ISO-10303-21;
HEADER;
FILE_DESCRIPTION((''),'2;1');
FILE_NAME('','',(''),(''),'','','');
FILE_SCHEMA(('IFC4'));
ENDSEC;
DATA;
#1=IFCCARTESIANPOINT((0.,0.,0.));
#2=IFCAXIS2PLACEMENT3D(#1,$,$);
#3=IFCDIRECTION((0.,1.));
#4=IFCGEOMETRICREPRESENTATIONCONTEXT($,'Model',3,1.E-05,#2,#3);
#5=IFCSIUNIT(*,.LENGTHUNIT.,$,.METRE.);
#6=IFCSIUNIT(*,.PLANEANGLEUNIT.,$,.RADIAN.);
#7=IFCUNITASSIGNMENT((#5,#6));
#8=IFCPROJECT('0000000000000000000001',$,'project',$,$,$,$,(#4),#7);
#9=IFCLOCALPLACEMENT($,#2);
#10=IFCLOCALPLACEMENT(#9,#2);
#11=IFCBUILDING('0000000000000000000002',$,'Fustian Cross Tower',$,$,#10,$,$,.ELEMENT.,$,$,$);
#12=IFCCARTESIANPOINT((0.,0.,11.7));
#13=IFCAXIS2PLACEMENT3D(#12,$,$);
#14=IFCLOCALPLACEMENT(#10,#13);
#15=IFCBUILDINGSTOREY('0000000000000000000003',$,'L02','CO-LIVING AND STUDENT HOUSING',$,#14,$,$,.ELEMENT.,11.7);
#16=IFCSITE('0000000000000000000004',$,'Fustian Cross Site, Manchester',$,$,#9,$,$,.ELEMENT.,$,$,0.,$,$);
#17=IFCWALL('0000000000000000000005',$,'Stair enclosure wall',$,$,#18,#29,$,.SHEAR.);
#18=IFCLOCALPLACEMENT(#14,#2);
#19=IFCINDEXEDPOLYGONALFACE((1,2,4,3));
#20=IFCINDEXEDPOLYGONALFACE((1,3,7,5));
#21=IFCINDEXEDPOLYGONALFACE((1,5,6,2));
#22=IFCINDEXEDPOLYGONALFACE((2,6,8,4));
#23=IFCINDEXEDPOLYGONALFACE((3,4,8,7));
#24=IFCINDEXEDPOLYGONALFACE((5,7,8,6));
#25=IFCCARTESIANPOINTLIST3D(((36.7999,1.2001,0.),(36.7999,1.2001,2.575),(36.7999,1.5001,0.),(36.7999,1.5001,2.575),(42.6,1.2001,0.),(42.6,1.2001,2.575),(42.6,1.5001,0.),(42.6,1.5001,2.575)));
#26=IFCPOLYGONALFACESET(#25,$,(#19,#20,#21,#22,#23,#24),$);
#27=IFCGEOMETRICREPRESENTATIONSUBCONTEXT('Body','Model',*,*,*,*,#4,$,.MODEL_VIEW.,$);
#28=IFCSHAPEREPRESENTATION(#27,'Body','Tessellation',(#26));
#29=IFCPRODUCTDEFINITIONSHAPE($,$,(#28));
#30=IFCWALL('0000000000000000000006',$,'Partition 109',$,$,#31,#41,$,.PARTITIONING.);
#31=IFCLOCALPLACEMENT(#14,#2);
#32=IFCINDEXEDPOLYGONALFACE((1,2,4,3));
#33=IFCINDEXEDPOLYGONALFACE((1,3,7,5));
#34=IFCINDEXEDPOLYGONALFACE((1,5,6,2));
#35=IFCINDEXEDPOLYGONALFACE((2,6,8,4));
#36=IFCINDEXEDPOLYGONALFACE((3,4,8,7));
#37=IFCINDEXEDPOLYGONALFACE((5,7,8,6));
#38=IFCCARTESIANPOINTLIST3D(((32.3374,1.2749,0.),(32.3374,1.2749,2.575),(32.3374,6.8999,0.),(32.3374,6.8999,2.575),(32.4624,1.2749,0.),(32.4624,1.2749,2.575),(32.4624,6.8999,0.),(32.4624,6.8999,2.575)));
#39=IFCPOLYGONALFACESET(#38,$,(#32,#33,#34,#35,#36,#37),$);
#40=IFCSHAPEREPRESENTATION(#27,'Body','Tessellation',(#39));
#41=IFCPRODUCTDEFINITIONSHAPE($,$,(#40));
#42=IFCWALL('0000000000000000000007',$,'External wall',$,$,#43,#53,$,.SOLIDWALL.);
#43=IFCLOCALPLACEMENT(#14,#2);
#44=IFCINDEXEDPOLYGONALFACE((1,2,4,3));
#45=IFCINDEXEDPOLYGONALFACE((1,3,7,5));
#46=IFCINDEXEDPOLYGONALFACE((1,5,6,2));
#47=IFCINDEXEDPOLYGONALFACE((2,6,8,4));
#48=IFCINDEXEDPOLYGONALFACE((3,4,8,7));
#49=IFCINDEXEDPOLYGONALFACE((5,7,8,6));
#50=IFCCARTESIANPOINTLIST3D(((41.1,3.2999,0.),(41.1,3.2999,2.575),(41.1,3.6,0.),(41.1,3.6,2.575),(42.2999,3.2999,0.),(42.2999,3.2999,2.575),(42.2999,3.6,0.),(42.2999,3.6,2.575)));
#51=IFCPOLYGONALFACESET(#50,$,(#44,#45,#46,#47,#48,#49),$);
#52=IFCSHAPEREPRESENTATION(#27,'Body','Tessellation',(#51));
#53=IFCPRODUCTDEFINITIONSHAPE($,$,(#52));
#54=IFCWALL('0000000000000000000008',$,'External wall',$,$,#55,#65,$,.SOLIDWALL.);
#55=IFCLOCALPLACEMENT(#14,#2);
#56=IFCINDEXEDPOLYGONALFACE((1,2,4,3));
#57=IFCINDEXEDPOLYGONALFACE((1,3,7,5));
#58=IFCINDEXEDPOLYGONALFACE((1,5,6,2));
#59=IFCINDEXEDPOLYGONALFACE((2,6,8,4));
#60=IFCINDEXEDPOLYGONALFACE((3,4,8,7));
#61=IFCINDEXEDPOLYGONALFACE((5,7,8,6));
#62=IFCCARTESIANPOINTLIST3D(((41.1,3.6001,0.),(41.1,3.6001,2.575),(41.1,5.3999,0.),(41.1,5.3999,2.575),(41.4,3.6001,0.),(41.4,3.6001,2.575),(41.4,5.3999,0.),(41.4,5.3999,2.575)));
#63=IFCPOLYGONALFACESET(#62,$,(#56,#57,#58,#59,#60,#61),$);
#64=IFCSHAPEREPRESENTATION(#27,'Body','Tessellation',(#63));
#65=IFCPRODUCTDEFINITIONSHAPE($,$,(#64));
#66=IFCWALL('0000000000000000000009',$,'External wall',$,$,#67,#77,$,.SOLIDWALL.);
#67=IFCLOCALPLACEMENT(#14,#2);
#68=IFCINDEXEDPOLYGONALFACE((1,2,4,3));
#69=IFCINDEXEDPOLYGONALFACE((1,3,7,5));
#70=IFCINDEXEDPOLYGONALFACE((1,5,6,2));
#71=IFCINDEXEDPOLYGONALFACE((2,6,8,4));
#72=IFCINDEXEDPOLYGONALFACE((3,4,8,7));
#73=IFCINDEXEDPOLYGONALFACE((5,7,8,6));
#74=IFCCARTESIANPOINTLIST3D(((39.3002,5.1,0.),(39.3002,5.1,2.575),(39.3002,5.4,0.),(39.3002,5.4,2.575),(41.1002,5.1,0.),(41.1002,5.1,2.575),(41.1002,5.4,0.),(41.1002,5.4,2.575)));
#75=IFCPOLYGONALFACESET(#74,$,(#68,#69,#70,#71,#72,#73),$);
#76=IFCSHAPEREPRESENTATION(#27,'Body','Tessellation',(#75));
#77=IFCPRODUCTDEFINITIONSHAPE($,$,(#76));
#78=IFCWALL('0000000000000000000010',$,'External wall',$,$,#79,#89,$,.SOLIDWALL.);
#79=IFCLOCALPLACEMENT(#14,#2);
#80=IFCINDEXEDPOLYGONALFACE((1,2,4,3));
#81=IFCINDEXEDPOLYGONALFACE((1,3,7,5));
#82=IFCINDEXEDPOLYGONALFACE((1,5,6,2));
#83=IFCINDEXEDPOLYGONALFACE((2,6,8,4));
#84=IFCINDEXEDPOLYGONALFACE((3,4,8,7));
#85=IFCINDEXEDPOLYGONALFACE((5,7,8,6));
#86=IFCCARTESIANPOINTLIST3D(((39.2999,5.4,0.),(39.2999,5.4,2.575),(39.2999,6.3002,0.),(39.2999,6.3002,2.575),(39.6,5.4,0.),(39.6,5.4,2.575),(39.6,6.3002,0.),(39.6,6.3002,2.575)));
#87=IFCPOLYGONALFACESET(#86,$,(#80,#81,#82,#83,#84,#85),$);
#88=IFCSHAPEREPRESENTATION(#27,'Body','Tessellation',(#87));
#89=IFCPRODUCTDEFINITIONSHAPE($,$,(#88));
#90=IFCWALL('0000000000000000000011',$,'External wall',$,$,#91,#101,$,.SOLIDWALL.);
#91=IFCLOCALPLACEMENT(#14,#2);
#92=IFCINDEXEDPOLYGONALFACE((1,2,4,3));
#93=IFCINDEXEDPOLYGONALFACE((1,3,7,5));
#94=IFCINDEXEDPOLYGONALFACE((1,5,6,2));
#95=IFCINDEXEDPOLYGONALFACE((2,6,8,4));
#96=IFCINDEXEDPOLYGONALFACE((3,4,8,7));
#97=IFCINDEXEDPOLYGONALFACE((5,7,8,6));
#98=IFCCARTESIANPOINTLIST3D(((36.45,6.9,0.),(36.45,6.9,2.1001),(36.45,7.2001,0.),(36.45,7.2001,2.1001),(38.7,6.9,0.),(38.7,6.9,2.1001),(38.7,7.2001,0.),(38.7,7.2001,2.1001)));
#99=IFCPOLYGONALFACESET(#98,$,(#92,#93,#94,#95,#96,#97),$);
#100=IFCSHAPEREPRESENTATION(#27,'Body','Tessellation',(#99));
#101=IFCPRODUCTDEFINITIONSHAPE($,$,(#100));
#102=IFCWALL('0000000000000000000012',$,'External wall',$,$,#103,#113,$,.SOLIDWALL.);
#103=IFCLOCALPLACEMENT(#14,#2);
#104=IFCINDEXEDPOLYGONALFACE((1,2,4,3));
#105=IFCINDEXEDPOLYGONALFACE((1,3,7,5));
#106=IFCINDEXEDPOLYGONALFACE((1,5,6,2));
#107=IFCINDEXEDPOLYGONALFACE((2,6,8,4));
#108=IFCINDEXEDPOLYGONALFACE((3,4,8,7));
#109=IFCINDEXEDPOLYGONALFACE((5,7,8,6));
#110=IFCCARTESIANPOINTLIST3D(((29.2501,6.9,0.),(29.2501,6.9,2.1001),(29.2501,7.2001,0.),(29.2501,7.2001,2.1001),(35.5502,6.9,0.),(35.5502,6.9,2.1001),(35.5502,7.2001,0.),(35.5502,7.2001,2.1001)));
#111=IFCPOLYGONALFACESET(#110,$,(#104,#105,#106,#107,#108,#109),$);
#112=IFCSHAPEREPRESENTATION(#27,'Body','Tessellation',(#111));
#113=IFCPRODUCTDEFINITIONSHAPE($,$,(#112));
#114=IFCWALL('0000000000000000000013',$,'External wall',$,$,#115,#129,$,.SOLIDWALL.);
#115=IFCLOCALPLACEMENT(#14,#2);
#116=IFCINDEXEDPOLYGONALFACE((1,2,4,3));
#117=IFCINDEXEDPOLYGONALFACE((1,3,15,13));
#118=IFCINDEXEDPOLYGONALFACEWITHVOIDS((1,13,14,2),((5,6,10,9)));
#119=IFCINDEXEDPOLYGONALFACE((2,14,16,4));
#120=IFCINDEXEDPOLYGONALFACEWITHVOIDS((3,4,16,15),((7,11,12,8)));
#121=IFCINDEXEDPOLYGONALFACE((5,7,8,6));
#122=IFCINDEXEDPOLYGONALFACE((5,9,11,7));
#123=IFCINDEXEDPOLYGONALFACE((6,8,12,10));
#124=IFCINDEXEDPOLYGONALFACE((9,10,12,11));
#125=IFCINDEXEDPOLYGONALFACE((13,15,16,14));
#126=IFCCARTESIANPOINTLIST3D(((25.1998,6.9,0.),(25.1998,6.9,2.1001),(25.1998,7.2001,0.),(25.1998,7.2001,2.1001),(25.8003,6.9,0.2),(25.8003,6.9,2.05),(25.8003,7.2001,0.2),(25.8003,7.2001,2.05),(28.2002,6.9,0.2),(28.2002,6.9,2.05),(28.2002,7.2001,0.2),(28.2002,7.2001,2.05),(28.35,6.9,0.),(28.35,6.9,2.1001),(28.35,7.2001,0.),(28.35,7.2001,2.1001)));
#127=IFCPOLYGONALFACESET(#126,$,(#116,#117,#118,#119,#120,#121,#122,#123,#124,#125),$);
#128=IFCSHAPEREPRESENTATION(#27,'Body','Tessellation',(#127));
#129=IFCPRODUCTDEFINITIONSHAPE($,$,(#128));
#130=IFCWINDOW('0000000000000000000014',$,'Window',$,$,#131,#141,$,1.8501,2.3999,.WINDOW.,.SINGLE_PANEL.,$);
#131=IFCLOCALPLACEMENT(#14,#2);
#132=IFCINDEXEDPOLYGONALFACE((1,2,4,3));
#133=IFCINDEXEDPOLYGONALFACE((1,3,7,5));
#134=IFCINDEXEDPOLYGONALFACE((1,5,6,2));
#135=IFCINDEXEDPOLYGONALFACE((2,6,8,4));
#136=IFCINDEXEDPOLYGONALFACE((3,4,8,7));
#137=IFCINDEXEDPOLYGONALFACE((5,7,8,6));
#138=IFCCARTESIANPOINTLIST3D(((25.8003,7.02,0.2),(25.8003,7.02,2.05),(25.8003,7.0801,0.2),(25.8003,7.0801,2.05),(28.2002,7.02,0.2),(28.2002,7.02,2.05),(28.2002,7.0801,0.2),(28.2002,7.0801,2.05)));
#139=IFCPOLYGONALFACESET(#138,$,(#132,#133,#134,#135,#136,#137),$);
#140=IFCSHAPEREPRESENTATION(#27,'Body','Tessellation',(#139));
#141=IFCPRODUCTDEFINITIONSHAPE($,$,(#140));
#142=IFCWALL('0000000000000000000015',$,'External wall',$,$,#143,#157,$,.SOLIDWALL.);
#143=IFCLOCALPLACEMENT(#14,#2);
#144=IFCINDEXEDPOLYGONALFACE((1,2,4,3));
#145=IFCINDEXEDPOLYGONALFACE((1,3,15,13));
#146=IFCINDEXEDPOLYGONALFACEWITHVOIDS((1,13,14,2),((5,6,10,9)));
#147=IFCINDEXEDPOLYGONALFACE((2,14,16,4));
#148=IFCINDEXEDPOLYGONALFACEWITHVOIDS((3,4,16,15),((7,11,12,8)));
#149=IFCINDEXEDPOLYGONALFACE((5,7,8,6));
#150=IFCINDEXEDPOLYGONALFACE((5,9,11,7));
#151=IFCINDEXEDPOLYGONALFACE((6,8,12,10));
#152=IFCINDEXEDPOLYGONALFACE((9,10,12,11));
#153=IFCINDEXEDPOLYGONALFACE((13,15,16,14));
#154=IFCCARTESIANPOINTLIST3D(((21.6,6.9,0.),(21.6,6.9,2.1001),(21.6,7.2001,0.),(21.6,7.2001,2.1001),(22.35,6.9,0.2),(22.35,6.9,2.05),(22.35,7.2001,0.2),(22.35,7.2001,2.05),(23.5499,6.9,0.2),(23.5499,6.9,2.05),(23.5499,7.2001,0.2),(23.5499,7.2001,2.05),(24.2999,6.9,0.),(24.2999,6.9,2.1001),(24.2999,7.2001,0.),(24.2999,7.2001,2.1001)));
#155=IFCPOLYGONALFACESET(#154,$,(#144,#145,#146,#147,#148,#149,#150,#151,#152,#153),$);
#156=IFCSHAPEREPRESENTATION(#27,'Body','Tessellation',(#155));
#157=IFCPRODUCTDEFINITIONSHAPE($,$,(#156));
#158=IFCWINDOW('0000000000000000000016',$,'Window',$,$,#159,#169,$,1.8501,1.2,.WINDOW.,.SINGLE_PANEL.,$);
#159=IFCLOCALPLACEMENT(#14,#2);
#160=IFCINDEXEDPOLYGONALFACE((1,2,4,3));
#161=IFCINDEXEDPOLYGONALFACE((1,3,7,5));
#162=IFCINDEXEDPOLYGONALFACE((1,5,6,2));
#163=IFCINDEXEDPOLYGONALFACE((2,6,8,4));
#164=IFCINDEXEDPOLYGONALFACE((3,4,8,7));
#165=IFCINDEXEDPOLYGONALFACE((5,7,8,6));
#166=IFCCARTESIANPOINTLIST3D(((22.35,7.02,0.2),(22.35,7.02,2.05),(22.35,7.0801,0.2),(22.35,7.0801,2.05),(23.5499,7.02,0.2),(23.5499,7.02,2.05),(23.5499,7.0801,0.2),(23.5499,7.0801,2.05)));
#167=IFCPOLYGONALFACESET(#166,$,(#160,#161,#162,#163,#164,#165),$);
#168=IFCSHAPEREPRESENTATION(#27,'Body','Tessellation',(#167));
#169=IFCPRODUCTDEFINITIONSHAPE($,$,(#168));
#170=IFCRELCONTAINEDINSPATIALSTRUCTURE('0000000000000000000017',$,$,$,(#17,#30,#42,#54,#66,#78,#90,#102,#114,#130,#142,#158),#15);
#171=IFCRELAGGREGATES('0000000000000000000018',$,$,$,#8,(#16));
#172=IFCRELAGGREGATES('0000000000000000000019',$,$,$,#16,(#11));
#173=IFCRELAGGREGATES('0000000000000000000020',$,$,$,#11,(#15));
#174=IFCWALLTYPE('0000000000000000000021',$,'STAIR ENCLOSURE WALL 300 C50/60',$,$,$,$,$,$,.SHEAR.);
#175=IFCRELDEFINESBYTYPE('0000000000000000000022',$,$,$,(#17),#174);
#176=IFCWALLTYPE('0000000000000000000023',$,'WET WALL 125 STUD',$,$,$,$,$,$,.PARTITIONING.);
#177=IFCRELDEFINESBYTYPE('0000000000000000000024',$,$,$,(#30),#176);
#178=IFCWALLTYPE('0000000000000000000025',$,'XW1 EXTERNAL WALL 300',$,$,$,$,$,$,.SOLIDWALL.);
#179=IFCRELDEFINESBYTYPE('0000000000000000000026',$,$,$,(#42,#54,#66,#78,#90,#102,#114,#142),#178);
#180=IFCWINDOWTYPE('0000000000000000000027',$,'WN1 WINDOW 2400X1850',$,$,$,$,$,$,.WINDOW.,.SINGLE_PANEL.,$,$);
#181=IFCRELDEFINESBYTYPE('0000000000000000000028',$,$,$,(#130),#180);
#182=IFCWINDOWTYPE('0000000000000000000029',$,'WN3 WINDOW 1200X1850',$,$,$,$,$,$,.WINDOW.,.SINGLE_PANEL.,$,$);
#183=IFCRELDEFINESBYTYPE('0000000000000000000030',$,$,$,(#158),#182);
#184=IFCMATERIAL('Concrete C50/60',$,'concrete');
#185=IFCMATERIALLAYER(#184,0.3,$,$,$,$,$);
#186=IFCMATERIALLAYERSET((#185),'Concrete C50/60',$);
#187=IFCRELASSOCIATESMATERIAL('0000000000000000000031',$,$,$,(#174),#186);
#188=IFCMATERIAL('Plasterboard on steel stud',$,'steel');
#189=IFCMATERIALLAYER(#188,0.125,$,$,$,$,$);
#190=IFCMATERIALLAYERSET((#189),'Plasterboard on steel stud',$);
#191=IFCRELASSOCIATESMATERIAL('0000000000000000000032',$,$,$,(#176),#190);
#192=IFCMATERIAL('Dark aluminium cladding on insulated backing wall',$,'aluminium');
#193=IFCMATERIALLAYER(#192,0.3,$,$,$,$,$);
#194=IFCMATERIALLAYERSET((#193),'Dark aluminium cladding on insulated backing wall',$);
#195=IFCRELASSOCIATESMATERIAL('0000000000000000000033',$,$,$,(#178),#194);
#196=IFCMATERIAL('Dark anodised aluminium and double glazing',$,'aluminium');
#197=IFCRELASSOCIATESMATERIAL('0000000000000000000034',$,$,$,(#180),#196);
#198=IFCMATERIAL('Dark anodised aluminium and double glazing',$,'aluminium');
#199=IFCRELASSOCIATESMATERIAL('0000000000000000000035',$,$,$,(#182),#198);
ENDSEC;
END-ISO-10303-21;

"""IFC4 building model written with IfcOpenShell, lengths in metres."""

from ifc_helpers import new_model, si_unit, direction, frame, frame_2d, origin, place, context, subcontext, project, spatial, rectangle, extrude, material, layer, layer_set, type_object, element, fill, save


model = new_model("IFC4")

# Units and contexts
model_context = context("Model", 3, precision=1e-05, world=origin(), true_north=direction((0.0, 1.0)))
body_context = subcontext(model_context, "Body", "Model", "MODEL_VIEW")
ifc_project = project(units=[si_unit("LENGTHUNIT", "METRE"), si_unit("PLANEANGLEUNIT", "RADIAN")], contexts=[model_context])

# Site, building, storey
site_placement = place(None, origin())
site = spatial("IfcSite", under=ifc_project, at=site_placement, Name="Fustian Cross Site, Manchester", CompositionType="ELEMENT", RefElevation=0.0)
building_placement = place(site_placement, origin())
building = spatial("IfcBuilding", under=site, at=building_placement, Name="Fustian Cross Tower", CompositionType="ELEMENT")
storey_placement = place(building_placement, frame((0.0, 0.0, 11.7)))
storey = spatial("IfcBuildingStorey", under=building, at=storey_placement, Name="L02", Description="CO-LIVING AND STUDENT HOUSING", CompositionType="ELEMENT", Elevation=11.7)

# Walls
ifc_material_1 = material(Name="Concrete C50/60", Category="concrete")
ifc_layer_1 = layer(ifc_material_1, 0.3)
ifc_layer_set_1 = layer_set([ifc_layer_1], Name="Concrete C50/60")
wall_type_1 = type_object("IfcWallType", Name="STAIR ENCLOSURE WALL 300 C50/60", PredefinedType="SHEAR", material=ifc_layer_set_1)
wall_1_placement = place(storey_placement, frame((36.8, 1.3501, 0.0), z_axis=(0.0, 0.0, 1.0), x_axis=(1.0, 0.0, 0.0)))
element("IfcWall", 1, at=wall_1_placement, inside=storey, type_object=wall_type_1, Name="Stair enclosure wall", PredefinedType="SHEAR", context=body_context, shape_type="SweptSolid", body=[
    extrude(rectangle(XDim=5.8, YDim=0.3, at=frame_2d((2.8999, 0.0))), origin(), (0.0, 0.0, 1.0), 2.575),
])
ifc_material_2 = material(Name="Plasterboard on steel stud", Category="steel")
ifc_layer_2 = layer(ifc_material_2, 0.125)
ifc_layer_set_2 = layer_set([ifc_layer_2], Name="Plasterboard on steel stud")
wall_type_2 = type_object("IfcWallType", Name="WET WALL 125 STUD", PredefinedType="PARTITIONING", material=ifc_layer_set_2)
wall_2_placement = place(storey_placement, frame((32.3999, 1.2749, 0.0), z_axis=(0.0, 0.0, 1.0), x_axis=(0.0, 1.0, 0.0)))
element("IfcWall", 2, at=wall_2_placement, inside=storey, type_object=wall_type_2, Name="Partition 109", PredefinedType="PARTITIONING", context=body_context, shape_type="SweptSolid", body=[
    extrude(rectangle(XDim=5.625, YDim=0.125, at=frame_2d((2.8125, 0.0))), origin(), (0.0, 0.0, 1.0), 2.575),
])
ifc_material_3 = material(Name="Dark aluminium cladding on insulated backing wall", Category="aluminium")
ifc_layer_3 = layer(ifc_material_3, 0.3)
ifc_layer_set_3 = layer_set([ifc_layer_3], Name="Dark aluminium cladding on insulated backing wall")
wall_type_3 = type_object("IfcWallType", Name="XW1 EXTERNAL WALL 300", PredefinedType="SOLIDWALL", material=ifc_layer_set_3)
wall_3_placement = place(storey_placement, frame((42.3, 3.45, 0.0), z_axis=(0.0, 0.0, 1.0), x_axis=(-1.0, 0.0, 0.0)))
element("IfcWall", 3, at=wall_3_placement, inside=storey, type_object=wall_type_3, Name="External wall", PredefinedType="SOLIDWALL", context=body_context, shape_type="SweptSolid", body=[
    extrude(rectangle(XDim=1.2, YDim=0.3, at=frame_2d((0.6001, 0.0))), origin(), (0.0, 0.0, 1.0), 2.575),
])
wall_4_placement = place(storey_placement, frame((41.25, 3.6001, 0.0), z_axis=(0.0, 0.0, 1.0), x_axis=(0.0, 1.0, 0.0)))
element("IfcWall", 4, at=wall_4_placement, inside=storey, type_object=wall_type_3, Name="External wall", PredefinedType="SOLIDWALL", context=body_context, shape_type="SweptSolid", body=[
    extrude(rectangle(XDim=1.7998, YDim=0.3, at=frame_2d((0.8999, 0.0))), origin(), (0.0, 0.0, 1.0), 2.575),
])
wall_5_placement = place(storey_placement, frame((41.1001, 5.25, 0.0), z_axis=(0.0, 0.0, 1.0), x_axis=(-1.0, 0.0, 0.0)))
element("IfcWall", 5, at=wall_5_placement, inside=storey, type_object=wall_type_3, Name="External wall", PredefinedType="SOLIDWALL", context=body_context, shape_type="SweptSolid", body=[
    extrude(rectangle(XDim=1.8, YDim=0.3, at=frame_2d((0.8999, 0.0))), origin(), (0.0, 0.0, 1.0), 2.575),
])
wall_6_placement = place(storey_placement, frame((39.45, 5.3999, 0.0), z_axis=(0.0, 0.0, 1.0), x_axis=(0.0, 1.0, 0.0)))
element("IfcWall", 6, at=wall_6_placement, inside=storey, type_object=wall_type_3, Name="External wall", PredefinedType="SOLIDWALL", context=body_context, shape_type="SweptSolid", body=[
    extrude(rectangle(XDim=0.9001, YDim=0.3, at=frame_2d((0.4502, 0.0))), origin(), (0.0, 0.0, 1.0), 2.575),
])
wall_7_placement = place(storey_placement, frame((38.7, 7.05, 0.0), z_axis=(0.0, 0.0, 1.0), x_axis=(-1.0, 0.0, 0.0)))
element("IfcWall", 7, at=wall_7_placement, inside=storey, type_object=wall_type_3, Name="External wall", PredefinedType="SOLIDWALL", context=body_context, shape_type="SweptSolid", body=[
    extrude(rectangle(XDim=2.25, YDim=0.3, at=frame_2d((1.125, 0.0))), origin(), (0.0, 0.0, 1.0), 2.1001),
])
wall_8_placement = place(storey_placement, frame((35.55, 7.05, 0.0), z_axis=(0.0, 0.0, 1.0), x_axis=(-1.0, 0.0, 0.0)))
element("IfcWall", 8, at=wall_8_placement, inside=storey, type_object=wall_type_3, Name="External wall", PredefinedType="SOLIDWALL", context=body_context, shape_type="SweptSolid", body=[
    extrude(rectangle(XDim=6.3, YDim=0.3, at=frame_2d((3.1499, 0.0))), origin(), (0.0, 0.0, 1.0), 2.1001),
])

# Walls, openings, windows
wall_9_placement = place(storey_placement, frame((28.3501, 7.05, 0.0), z_axis=(0.0, 0.0, 1.0), x_axis=(-1.0, 0.0, 0.0)))
wall_9 = element("IfcWall", 9, at=wall_9_placement, inside=storey, type_object=wall_type_3, Name="External wall", PredefinedType="SOLIDWALL", context=body_context, shape_type="SweptSolid", body=[
    extrude(rectangle(XDim=3.1501, YDim=0.3, at=frame_2d((1.5752, 0.0))), origin(), (0.0, 0.0, 1.0), 2.1001),
])
opening_1_placement = place(wall_9_placement, frame((0.1499, 0.0, 0.2)))
opening_1 = element("IfcOpeningElement", 10, at=opening_1_placement, cuts=wall_9, PredefinedType="OPENING", context=body_context, shape_type="SweptSolid", body=[
    extrude(rectangle(XDim=2.3999, YDim=1.8501, at=frame_2d((1.2, 0.925))), frame((0.0, 0.1599, 0.0), z_axis=(0.0, -1.0, 0.0), x_axis=(1.0, 0.0, 0.0)), (0.0, 0.0, 1.0), 0.3201),
])
ifc_material_4 = material(Name="Dark anodised aluminium and double glazing", Category="aluminium")
window_type_1 = type_object("IfcWindowType", Name="WN1 WINDOW 2400X1850", PartitioningType="SINGLE_PANEL", PredefinedType="WINDOW", material=ifc_material_4)
window_1_placement = place(opening_1_placement, origin())
window_1 = element("IfcWindow", 11, at=window_1_placement, inside=storey, type_object=window_type_1, Name="Window", OverallHeight=1.8501, OverallWidth=2.3999, PartitioningType="SINGLE_PANEL", PredefinedType="WINDOW", context=body_context, shape_type="SweptSolid", body=[
    extrude(rectangle(XDim=2.3999, YDim=1.8501, at=frame_2d((1.2, 0.925))), frame((0.0, 0.03, 0.0), z_axis=(0.0, -1.0, 0.0), x_axis=(1.0, 0.0, 0.0)), (0.0, 0.0, 1.0), 0.0601),
])
fill(opening_1, window_1)
wall_10_placement = place(storey_placement, frame((24.3, 7.05, 0.0), z_axis=(0.0, 0.0, 1.0), x_axis=(-1.0, 0.0, 0.0)))
wall_10 = element("IfcWall", 12, at=wall_10_placement, inside=storey, type_object=wall_type_3, Name="External wall", PredefinedType="SOLIDWALL", context=body_context, shape_type="SweptSolid", body=[
    extrude(rectangle(XDim=2.7, YDim=0.3, at=frame_2d((1.3501, 0.0))), origin(), (0.0, 0.0, 1.0), 2.1001),
])
opening_2_placement = place(wall_10_placement, frame((0.75, 0.0, 0.2)))
opening_2 = element("IfcOpeningElement", 13, at=opening_2_placement, cuts=wall_10, PredefinedType="OPENING", context=body_context, shape_type="SweptSolid", body=[
    extrude(rectangle(XDim=1.2, YDim=1.8501, at=frame_2d((0.6001, 0.925))), frame((0.0, 0.1599, 0.0), z_axis=(0.0, -1.0, 0.0), x_axis=(1.0, 0.0, 0.0)), (0.0, 0.0, 1.0), 0.3201),
])
ifc_material_5 = material(Name="Dark anodised aluminium and double glazing", Category="aluminium")
window_type_2 = type_object("IfcWindowType", Name="WN3 WINDOW 1200X1850", PartitioningType="SINGLE_PANEL", PredefinedType="WINDOW", material=ifc_material_5)
window_2_placement = place(opening_2_placement, origin())
window_2 = element("IfcWindow", 14, at=window_2_placement, inside=storey, type_object=window_type_2, Name="Window", OverallHeight=1.8501, OverallWidth=1.2, PartitioningType="SINGLE_PANEL", PredefinedType="WINDOW", context=body_context, shape_type="SweptSolid", body=[
    extrude(rectangle(XDim=1.2, YDim=1.8501, at=frame_2d((0.6001, 0.925))), frame((0.0, 0.03, 0.0), z_axis=(0.0, -1.0, 0.0), x_axis=(1.0, 0.0, 0.0)), (0.0, 0.0, 1.0), 0.0601),
])
fill(opening_2, window_2)

save(model, "model.ifc")
